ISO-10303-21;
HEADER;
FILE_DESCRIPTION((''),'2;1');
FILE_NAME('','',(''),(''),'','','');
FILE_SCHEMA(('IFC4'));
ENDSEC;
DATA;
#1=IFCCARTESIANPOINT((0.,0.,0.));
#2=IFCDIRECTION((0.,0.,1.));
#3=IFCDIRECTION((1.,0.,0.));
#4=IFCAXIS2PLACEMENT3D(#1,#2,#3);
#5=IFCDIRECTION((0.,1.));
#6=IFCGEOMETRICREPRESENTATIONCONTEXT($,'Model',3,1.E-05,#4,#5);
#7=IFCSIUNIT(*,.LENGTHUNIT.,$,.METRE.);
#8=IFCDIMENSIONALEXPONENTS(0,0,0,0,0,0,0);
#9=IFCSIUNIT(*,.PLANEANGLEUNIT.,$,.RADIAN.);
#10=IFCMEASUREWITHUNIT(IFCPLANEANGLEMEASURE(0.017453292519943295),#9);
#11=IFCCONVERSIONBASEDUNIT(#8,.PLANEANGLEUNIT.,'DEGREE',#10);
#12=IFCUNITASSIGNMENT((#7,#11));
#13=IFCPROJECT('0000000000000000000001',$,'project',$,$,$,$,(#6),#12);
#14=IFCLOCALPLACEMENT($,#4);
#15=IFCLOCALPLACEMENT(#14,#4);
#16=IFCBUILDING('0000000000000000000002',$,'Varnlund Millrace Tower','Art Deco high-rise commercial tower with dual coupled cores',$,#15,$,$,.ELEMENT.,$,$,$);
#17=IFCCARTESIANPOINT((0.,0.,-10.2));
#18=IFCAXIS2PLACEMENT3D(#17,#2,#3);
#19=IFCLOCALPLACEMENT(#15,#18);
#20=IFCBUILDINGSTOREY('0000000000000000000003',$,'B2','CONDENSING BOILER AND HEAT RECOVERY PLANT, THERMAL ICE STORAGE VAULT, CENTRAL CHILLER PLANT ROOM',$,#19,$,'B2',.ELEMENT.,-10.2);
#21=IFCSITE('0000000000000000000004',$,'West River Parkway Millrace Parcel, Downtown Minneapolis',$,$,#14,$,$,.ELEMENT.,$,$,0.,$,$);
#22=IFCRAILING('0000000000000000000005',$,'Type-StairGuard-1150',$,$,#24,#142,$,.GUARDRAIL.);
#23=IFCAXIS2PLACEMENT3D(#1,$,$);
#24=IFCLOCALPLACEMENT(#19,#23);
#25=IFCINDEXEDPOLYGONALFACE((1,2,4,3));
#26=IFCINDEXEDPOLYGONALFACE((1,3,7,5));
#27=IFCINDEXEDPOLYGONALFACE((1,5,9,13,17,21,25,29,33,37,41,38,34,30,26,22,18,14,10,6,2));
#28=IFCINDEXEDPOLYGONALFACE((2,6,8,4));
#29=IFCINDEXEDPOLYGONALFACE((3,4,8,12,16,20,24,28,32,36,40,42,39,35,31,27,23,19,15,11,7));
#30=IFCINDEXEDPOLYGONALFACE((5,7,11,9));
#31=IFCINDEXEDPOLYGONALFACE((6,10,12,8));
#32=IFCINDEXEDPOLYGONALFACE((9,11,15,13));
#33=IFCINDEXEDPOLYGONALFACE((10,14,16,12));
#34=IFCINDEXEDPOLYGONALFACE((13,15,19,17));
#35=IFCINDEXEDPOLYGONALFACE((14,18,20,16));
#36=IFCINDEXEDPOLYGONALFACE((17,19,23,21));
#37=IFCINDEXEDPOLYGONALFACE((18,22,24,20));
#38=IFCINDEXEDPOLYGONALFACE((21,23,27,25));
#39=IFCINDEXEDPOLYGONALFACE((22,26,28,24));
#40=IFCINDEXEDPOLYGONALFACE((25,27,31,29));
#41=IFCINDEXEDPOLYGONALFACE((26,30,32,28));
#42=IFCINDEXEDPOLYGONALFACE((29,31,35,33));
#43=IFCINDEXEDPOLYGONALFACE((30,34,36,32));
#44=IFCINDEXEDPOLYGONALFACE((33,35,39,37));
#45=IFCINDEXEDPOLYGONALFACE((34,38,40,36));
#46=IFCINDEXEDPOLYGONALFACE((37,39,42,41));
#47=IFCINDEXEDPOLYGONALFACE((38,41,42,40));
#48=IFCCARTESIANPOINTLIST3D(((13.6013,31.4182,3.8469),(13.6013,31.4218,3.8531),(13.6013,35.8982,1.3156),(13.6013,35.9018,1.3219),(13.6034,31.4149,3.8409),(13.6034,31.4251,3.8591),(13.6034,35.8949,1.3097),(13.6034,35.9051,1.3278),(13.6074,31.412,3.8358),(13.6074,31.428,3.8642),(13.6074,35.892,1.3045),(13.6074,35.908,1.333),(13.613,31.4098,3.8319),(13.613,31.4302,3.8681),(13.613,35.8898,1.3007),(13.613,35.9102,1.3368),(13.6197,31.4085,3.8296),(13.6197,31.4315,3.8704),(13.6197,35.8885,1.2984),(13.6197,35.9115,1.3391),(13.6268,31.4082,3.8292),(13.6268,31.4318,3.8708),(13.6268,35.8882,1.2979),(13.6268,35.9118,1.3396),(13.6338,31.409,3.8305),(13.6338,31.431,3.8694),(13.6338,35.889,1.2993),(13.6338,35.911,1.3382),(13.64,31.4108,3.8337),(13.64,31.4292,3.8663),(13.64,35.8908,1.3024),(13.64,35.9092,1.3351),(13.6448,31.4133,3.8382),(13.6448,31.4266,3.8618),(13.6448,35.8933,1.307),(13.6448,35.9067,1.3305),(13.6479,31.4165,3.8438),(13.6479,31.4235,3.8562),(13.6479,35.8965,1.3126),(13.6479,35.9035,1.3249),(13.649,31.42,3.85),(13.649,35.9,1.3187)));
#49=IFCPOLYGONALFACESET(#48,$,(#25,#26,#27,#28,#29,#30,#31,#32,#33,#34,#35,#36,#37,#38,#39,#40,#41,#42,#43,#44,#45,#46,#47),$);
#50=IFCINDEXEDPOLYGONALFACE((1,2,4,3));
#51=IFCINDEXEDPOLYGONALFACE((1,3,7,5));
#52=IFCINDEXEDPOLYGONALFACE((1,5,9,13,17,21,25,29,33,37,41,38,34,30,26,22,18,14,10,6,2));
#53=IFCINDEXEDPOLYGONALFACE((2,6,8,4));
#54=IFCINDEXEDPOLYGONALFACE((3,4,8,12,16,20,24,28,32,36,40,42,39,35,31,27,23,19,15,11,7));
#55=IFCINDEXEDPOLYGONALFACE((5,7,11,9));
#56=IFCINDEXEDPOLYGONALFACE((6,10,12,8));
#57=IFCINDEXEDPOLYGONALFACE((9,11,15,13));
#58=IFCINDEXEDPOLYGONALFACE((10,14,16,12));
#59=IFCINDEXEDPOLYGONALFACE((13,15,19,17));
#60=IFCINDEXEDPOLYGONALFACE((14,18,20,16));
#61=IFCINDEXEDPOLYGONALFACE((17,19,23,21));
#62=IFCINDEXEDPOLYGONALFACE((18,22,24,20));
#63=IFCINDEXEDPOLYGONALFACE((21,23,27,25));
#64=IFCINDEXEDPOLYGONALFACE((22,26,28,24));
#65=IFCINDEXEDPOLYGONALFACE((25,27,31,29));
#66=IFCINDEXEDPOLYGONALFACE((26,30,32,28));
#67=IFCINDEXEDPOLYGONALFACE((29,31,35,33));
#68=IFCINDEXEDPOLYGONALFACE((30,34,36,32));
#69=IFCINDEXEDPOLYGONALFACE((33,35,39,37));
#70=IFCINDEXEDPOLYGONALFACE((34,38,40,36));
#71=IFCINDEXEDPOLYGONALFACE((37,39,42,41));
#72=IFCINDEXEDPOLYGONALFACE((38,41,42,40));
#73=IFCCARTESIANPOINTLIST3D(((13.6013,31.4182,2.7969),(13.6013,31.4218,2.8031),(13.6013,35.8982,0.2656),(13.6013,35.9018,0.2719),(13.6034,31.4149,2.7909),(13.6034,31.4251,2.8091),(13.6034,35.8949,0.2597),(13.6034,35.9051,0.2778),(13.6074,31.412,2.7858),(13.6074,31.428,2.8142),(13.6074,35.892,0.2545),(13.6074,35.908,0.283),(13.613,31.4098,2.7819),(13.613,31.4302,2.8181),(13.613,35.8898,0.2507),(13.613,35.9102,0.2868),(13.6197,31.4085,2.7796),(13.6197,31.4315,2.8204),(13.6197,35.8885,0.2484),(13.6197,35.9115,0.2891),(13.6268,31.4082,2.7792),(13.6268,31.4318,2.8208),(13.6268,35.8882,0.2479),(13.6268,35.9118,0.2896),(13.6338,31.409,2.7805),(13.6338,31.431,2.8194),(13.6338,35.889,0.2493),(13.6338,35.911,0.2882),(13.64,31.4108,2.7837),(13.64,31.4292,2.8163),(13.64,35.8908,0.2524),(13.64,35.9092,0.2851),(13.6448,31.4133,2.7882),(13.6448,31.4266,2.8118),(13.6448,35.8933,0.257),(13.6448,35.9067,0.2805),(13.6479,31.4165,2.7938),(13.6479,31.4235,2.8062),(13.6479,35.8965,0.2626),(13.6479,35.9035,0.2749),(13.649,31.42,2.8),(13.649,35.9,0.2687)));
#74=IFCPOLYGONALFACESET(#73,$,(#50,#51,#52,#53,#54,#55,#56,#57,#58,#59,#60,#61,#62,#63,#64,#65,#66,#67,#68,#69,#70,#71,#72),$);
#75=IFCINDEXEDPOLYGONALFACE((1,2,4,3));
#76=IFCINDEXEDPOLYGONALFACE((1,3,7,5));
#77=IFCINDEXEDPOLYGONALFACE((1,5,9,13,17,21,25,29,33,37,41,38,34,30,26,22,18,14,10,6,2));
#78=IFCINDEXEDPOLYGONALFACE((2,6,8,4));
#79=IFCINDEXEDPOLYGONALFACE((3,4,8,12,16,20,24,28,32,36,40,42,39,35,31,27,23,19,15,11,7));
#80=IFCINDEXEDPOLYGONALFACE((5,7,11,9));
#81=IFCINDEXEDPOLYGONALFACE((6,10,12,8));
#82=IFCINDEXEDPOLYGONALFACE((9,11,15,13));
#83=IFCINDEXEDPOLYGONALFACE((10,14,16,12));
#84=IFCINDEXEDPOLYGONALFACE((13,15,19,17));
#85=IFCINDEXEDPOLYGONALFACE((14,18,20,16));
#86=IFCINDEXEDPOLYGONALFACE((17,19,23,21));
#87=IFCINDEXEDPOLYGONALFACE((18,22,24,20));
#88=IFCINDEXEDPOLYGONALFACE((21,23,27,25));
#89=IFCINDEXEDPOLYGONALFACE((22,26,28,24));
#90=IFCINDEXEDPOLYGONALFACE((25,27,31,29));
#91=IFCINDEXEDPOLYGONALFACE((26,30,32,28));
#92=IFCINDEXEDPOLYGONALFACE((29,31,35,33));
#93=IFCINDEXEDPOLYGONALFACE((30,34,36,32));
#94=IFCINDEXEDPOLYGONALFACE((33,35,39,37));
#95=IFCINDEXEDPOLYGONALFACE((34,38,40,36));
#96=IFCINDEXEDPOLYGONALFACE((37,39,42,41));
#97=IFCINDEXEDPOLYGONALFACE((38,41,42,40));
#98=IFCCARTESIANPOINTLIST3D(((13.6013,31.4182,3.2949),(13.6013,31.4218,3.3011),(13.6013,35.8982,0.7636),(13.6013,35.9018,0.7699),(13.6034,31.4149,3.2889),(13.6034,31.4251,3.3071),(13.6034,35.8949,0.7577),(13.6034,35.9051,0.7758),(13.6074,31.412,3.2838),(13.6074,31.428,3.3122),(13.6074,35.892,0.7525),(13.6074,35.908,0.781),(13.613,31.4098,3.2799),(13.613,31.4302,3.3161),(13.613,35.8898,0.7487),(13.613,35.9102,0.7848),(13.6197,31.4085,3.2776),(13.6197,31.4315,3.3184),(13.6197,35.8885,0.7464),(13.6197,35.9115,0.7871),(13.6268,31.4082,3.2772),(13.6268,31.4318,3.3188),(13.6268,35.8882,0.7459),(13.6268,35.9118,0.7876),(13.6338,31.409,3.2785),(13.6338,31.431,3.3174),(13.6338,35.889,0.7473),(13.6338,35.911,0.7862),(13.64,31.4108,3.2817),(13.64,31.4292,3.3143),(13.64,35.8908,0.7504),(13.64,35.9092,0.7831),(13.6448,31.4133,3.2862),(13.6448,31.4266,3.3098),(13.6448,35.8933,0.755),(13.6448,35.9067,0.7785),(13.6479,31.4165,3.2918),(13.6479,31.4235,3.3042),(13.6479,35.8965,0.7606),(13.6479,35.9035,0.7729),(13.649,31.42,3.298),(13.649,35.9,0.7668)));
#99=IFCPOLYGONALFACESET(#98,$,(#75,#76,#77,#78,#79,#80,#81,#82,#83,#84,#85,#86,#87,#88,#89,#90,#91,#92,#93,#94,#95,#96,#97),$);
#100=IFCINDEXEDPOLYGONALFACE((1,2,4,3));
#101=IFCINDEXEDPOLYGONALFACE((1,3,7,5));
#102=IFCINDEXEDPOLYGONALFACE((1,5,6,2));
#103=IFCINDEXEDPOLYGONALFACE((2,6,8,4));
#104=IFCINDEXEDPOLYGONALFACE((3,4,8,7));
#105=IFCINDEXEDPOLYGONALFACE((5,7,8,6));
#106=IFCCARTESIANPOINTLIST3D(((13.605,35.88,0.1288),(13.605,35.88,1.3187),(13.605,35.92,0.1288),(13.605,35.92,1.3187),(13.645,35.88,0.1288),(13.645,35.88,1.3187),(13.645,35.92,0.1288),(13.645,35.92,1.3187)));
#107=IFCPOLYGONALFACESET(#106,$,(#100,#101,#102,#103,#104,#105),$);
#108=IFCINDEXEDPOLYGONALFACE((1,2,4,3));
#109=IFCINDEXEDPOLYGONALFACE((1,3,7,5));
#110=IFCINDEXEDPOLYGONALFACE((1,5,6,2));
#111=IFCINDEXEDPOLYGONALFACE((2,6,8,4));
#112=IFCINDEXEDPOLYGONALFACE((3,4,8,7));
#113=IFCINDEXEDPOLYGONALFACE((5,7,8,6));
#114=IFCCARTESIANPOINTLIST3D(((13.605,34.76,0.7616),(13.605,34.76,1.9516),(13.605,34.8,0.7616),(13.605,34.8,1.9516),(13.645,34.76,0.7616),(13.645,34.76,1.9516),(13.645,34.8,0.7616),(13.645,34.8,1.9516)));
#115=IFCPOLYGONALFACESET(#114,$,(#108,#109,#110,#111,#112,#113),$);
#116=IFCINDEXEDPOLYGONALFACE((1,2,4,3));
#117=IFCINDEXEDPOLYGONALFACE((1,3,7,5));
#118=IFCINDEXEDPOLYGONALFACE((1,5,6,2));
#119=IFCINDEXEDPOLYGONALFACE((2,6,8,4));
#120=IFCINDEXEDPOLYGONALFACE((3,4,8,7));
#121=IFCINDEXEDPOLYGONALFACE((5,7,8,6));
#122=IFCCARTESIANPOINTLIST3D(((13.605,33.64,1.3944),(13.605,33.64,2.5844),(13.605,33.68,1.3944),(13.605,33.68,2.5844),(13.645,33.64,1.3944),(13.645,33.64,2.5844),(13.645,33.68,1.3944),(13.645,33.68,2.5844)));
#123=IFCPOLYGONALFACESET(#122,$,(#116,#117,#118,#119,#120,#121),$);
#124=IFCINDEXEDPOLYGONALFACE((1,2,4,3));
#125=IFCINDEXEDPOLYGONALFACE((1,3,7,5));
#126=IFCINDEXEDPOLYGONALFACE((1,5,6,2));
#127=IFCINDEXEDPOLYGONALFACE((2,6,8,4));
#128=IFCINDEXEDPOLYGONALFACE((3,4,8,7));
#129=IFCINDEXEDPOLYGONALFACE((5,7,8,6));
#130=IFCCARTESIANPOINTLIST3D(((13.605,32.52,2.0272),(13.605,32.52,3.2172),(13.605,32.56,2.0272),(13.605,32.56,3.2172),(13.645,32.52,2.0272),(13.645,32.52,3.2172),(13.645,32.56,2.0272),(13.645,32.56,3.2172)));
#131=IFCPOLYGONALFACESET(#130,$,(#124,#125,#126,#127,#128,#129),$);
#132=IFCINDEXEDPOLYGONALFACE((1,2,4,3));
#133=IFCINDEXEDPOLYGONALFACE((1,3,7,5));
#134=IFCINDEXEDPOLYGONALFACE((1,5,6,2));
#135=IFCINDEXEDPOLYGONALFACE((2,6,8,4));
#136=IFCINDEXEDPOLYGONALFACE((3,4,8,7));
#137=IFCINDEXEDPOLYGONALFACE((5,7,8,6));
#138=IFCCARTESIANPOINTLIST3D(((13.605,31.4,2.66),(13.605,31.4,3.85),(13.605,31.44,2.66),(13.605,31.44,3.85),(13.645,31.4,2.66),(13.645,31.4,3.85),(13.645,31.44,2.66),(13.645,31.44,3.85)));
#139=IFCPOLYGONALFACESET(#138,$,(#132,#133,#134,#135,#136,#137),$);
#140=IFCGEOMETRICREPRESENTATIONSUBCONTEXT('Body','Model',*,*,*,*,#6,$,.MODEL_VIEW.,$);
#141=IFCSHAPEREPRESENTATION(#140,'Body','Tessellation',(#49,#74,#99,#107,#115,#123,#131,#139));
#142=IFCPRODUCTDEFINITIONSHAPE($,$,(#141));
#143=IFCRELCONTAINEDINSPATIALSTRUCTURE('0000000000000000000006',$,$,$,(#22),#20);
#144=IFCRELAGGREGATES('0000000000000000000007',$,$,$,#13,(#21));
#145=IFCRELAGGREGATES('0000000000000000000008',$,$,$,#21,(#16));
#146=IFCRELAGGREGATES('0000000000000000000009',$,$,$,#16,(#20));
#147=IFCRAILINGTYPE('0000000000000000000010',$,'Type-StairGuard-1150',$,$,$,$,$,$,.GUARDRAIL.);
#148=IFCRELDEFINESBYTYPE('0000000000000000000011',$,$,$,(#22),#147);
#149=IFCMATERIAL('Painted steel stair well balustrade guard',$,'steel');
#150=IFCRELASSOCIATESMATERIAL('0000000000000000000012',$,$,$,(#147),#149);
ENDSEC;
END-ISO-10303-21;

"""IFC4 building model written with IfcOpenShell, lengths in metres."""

from ifc_helpers import new_model, entity, si_unit, converted_unit, direction, frame, origin_with_axes, origin_2d_with_axis, place, context, subcontext, project, spatial, rectangle, circle, extrude, material, type_object, element, save


model = new_model("IFC4")

# Units and contexts
model_context = context("Model", 3, precision=1e-05, world=origin_with_axes(), true_north=direction((0.0, 1.0)))
body_context = subcontext(model_context, "Body", "Model", "MODEL_VIEW")
ifc_project = project(units=[si_unit("LENGTHUNIT", "METRE"), converted_unit("PLANEANGLEUNIT", "DEGREE", entity("IfcPlaneAngleMeasure", 0.017453292519943295), si_unit("PLANEANGLEUNIT", "RADIAN"), dimensions=[0, 0, 0, 0, 0, 0, 0])], contexts=[model_context])

# Site, building, storey
site_placement = place(None, origin_with_axes())
site = spatial("IfcSite", under=ifc_project, at=site_placement, Name="West River Parkway Millrace Parcel, Downtown Minneapolis", CompositionType="ELEMENT", RefElevation=0.0)
building_placement = place(site_placement, origin_with_axes())
building = spatial("IfcBuilding", under=site, at=building_placement, Name="Varnlund Millrace Tower", Description="Art Deco high-rise commercial tower with dual coupled cores", CompositionType="ELEMENT")
storey_placement = place(building_placement, frame((0.0, 0.0, -10.2), z_axis=(0.0, 0.0, 1.0), x_axis=(1.0, 0.0, 0.0)))
storey = spatial("IfcBuildingStorey", under=building, at=storey_placement, Name="B2", Description="CONDENSING BOILER AND HEAT RECOVERY PLANT, THERMAL ICE STORAGE VAULT, CENTRAL CHILLER PLANT ROOM", LongName="B2", CompositionType="ELEMENT", Elevation=-10.2)

# Railing
ifc_material_1 = material(Name="Painted steel stair well balustrade guard", Category="steel")
railing_type_1 = type_object("IfcRailingType", Name="Type-StairGuard-1150", PredefinedType="GUARDRAIL", material=ifc_material_1)
railing_1_placement = place(storey_placement, frame((0.0, 0.0, 10.2), z_axis=(0.0, 0.0, 1.0), x_axis=(1.0, 0.0, 0.0)))
element("IfcRailing", 1, at=railing_1_placement, inside=storey, type_object=railing_type_1, Name="Type-StairGuard-1150", PredefinedType="GUARDRAIL", context=body_context, shape_type="SweptSolid", body=[
    extrude(circle(Radius=0.024, at=origin_2d_with_axis()), frame((13.625, 35.9, -8.8812), z_axis=(0.0, -0.87064, 0.491921), x_axis=(1.0, 0.0, 0.0)), (0.0, 0.0, 1.0), 5.1456),
    extrude(circle(Radius=0.024, at=origin_2d_with_axis()), frame((13.625, 35.9, -9.9313), z_axis=(0.0, -0.87064, 0.491921), x_axis=(1.0, 0.0, 0.0)), (0.0, 0.0, 1.0), 5.1456),
    extrude(circle(Radius=0.024, at=origin_2d_with_axis()), frame((13.625, 35.9, -9.4332), z_axis=(0.0, -0.87064, 0.491921), x_axis=(1.0, 0.0, 0.0)), (0.0, 0.0, 1.0), 5.1456),
    extrude(rectangle(XDim=0.04, YDim=0.04, at=origin_2d_with_axis()), frame((13.625, 35.9, -10.0712), z_axis=(0.0, 0.0, 1.0), x_axis=(1.0, 0.0, 0.0)), (0.0, 0.0, 1.0), 1.19),
    extrude(rectangle(XDim=0.04, YDim=0.04, at=origin_2d_with_axis()), frame((13.625, 34.78, -9.4384), z_axis=(0.0, 0.0, 1.0), x_axis=(1.0, 0.0, 0.0)), (0.0, 0.0, 1.0), 1.19),
    extrude(rectangle(XDim=0.04, YDim=0.04, at=origin_2d_with_axis()), frame((13.625, 33.66, -8.8056), z_axis=(0.0, 0.0, 1.0), x_axis=(1.0, 0.0, 0.0)), (0.0, 0.0, 1.0), 1.19),
    extrude(rectangle(XDim=0.04, YDim=0.04, at=origin_2d_with_axis()), frame((13.625, 32.54, -8.1728), z_axis=(0.0, 0.0, 1.0), x_axis=(1.0, 0.0, 0.0)), (0.0, 0.0, 1.0), 1.19),
    extrude(rectangle(XDim=0.04, YDim=0.04, at=origin_2d_with_axis()), frame((13.625, 31.42, -7.54), z_axis=(0.0, 0.0, 1.0), x_axis=(1.0, 0.0, 0.0)), (0.0, 0.0, 1.0), 1.19),
])

save(model, "model.ifc")
